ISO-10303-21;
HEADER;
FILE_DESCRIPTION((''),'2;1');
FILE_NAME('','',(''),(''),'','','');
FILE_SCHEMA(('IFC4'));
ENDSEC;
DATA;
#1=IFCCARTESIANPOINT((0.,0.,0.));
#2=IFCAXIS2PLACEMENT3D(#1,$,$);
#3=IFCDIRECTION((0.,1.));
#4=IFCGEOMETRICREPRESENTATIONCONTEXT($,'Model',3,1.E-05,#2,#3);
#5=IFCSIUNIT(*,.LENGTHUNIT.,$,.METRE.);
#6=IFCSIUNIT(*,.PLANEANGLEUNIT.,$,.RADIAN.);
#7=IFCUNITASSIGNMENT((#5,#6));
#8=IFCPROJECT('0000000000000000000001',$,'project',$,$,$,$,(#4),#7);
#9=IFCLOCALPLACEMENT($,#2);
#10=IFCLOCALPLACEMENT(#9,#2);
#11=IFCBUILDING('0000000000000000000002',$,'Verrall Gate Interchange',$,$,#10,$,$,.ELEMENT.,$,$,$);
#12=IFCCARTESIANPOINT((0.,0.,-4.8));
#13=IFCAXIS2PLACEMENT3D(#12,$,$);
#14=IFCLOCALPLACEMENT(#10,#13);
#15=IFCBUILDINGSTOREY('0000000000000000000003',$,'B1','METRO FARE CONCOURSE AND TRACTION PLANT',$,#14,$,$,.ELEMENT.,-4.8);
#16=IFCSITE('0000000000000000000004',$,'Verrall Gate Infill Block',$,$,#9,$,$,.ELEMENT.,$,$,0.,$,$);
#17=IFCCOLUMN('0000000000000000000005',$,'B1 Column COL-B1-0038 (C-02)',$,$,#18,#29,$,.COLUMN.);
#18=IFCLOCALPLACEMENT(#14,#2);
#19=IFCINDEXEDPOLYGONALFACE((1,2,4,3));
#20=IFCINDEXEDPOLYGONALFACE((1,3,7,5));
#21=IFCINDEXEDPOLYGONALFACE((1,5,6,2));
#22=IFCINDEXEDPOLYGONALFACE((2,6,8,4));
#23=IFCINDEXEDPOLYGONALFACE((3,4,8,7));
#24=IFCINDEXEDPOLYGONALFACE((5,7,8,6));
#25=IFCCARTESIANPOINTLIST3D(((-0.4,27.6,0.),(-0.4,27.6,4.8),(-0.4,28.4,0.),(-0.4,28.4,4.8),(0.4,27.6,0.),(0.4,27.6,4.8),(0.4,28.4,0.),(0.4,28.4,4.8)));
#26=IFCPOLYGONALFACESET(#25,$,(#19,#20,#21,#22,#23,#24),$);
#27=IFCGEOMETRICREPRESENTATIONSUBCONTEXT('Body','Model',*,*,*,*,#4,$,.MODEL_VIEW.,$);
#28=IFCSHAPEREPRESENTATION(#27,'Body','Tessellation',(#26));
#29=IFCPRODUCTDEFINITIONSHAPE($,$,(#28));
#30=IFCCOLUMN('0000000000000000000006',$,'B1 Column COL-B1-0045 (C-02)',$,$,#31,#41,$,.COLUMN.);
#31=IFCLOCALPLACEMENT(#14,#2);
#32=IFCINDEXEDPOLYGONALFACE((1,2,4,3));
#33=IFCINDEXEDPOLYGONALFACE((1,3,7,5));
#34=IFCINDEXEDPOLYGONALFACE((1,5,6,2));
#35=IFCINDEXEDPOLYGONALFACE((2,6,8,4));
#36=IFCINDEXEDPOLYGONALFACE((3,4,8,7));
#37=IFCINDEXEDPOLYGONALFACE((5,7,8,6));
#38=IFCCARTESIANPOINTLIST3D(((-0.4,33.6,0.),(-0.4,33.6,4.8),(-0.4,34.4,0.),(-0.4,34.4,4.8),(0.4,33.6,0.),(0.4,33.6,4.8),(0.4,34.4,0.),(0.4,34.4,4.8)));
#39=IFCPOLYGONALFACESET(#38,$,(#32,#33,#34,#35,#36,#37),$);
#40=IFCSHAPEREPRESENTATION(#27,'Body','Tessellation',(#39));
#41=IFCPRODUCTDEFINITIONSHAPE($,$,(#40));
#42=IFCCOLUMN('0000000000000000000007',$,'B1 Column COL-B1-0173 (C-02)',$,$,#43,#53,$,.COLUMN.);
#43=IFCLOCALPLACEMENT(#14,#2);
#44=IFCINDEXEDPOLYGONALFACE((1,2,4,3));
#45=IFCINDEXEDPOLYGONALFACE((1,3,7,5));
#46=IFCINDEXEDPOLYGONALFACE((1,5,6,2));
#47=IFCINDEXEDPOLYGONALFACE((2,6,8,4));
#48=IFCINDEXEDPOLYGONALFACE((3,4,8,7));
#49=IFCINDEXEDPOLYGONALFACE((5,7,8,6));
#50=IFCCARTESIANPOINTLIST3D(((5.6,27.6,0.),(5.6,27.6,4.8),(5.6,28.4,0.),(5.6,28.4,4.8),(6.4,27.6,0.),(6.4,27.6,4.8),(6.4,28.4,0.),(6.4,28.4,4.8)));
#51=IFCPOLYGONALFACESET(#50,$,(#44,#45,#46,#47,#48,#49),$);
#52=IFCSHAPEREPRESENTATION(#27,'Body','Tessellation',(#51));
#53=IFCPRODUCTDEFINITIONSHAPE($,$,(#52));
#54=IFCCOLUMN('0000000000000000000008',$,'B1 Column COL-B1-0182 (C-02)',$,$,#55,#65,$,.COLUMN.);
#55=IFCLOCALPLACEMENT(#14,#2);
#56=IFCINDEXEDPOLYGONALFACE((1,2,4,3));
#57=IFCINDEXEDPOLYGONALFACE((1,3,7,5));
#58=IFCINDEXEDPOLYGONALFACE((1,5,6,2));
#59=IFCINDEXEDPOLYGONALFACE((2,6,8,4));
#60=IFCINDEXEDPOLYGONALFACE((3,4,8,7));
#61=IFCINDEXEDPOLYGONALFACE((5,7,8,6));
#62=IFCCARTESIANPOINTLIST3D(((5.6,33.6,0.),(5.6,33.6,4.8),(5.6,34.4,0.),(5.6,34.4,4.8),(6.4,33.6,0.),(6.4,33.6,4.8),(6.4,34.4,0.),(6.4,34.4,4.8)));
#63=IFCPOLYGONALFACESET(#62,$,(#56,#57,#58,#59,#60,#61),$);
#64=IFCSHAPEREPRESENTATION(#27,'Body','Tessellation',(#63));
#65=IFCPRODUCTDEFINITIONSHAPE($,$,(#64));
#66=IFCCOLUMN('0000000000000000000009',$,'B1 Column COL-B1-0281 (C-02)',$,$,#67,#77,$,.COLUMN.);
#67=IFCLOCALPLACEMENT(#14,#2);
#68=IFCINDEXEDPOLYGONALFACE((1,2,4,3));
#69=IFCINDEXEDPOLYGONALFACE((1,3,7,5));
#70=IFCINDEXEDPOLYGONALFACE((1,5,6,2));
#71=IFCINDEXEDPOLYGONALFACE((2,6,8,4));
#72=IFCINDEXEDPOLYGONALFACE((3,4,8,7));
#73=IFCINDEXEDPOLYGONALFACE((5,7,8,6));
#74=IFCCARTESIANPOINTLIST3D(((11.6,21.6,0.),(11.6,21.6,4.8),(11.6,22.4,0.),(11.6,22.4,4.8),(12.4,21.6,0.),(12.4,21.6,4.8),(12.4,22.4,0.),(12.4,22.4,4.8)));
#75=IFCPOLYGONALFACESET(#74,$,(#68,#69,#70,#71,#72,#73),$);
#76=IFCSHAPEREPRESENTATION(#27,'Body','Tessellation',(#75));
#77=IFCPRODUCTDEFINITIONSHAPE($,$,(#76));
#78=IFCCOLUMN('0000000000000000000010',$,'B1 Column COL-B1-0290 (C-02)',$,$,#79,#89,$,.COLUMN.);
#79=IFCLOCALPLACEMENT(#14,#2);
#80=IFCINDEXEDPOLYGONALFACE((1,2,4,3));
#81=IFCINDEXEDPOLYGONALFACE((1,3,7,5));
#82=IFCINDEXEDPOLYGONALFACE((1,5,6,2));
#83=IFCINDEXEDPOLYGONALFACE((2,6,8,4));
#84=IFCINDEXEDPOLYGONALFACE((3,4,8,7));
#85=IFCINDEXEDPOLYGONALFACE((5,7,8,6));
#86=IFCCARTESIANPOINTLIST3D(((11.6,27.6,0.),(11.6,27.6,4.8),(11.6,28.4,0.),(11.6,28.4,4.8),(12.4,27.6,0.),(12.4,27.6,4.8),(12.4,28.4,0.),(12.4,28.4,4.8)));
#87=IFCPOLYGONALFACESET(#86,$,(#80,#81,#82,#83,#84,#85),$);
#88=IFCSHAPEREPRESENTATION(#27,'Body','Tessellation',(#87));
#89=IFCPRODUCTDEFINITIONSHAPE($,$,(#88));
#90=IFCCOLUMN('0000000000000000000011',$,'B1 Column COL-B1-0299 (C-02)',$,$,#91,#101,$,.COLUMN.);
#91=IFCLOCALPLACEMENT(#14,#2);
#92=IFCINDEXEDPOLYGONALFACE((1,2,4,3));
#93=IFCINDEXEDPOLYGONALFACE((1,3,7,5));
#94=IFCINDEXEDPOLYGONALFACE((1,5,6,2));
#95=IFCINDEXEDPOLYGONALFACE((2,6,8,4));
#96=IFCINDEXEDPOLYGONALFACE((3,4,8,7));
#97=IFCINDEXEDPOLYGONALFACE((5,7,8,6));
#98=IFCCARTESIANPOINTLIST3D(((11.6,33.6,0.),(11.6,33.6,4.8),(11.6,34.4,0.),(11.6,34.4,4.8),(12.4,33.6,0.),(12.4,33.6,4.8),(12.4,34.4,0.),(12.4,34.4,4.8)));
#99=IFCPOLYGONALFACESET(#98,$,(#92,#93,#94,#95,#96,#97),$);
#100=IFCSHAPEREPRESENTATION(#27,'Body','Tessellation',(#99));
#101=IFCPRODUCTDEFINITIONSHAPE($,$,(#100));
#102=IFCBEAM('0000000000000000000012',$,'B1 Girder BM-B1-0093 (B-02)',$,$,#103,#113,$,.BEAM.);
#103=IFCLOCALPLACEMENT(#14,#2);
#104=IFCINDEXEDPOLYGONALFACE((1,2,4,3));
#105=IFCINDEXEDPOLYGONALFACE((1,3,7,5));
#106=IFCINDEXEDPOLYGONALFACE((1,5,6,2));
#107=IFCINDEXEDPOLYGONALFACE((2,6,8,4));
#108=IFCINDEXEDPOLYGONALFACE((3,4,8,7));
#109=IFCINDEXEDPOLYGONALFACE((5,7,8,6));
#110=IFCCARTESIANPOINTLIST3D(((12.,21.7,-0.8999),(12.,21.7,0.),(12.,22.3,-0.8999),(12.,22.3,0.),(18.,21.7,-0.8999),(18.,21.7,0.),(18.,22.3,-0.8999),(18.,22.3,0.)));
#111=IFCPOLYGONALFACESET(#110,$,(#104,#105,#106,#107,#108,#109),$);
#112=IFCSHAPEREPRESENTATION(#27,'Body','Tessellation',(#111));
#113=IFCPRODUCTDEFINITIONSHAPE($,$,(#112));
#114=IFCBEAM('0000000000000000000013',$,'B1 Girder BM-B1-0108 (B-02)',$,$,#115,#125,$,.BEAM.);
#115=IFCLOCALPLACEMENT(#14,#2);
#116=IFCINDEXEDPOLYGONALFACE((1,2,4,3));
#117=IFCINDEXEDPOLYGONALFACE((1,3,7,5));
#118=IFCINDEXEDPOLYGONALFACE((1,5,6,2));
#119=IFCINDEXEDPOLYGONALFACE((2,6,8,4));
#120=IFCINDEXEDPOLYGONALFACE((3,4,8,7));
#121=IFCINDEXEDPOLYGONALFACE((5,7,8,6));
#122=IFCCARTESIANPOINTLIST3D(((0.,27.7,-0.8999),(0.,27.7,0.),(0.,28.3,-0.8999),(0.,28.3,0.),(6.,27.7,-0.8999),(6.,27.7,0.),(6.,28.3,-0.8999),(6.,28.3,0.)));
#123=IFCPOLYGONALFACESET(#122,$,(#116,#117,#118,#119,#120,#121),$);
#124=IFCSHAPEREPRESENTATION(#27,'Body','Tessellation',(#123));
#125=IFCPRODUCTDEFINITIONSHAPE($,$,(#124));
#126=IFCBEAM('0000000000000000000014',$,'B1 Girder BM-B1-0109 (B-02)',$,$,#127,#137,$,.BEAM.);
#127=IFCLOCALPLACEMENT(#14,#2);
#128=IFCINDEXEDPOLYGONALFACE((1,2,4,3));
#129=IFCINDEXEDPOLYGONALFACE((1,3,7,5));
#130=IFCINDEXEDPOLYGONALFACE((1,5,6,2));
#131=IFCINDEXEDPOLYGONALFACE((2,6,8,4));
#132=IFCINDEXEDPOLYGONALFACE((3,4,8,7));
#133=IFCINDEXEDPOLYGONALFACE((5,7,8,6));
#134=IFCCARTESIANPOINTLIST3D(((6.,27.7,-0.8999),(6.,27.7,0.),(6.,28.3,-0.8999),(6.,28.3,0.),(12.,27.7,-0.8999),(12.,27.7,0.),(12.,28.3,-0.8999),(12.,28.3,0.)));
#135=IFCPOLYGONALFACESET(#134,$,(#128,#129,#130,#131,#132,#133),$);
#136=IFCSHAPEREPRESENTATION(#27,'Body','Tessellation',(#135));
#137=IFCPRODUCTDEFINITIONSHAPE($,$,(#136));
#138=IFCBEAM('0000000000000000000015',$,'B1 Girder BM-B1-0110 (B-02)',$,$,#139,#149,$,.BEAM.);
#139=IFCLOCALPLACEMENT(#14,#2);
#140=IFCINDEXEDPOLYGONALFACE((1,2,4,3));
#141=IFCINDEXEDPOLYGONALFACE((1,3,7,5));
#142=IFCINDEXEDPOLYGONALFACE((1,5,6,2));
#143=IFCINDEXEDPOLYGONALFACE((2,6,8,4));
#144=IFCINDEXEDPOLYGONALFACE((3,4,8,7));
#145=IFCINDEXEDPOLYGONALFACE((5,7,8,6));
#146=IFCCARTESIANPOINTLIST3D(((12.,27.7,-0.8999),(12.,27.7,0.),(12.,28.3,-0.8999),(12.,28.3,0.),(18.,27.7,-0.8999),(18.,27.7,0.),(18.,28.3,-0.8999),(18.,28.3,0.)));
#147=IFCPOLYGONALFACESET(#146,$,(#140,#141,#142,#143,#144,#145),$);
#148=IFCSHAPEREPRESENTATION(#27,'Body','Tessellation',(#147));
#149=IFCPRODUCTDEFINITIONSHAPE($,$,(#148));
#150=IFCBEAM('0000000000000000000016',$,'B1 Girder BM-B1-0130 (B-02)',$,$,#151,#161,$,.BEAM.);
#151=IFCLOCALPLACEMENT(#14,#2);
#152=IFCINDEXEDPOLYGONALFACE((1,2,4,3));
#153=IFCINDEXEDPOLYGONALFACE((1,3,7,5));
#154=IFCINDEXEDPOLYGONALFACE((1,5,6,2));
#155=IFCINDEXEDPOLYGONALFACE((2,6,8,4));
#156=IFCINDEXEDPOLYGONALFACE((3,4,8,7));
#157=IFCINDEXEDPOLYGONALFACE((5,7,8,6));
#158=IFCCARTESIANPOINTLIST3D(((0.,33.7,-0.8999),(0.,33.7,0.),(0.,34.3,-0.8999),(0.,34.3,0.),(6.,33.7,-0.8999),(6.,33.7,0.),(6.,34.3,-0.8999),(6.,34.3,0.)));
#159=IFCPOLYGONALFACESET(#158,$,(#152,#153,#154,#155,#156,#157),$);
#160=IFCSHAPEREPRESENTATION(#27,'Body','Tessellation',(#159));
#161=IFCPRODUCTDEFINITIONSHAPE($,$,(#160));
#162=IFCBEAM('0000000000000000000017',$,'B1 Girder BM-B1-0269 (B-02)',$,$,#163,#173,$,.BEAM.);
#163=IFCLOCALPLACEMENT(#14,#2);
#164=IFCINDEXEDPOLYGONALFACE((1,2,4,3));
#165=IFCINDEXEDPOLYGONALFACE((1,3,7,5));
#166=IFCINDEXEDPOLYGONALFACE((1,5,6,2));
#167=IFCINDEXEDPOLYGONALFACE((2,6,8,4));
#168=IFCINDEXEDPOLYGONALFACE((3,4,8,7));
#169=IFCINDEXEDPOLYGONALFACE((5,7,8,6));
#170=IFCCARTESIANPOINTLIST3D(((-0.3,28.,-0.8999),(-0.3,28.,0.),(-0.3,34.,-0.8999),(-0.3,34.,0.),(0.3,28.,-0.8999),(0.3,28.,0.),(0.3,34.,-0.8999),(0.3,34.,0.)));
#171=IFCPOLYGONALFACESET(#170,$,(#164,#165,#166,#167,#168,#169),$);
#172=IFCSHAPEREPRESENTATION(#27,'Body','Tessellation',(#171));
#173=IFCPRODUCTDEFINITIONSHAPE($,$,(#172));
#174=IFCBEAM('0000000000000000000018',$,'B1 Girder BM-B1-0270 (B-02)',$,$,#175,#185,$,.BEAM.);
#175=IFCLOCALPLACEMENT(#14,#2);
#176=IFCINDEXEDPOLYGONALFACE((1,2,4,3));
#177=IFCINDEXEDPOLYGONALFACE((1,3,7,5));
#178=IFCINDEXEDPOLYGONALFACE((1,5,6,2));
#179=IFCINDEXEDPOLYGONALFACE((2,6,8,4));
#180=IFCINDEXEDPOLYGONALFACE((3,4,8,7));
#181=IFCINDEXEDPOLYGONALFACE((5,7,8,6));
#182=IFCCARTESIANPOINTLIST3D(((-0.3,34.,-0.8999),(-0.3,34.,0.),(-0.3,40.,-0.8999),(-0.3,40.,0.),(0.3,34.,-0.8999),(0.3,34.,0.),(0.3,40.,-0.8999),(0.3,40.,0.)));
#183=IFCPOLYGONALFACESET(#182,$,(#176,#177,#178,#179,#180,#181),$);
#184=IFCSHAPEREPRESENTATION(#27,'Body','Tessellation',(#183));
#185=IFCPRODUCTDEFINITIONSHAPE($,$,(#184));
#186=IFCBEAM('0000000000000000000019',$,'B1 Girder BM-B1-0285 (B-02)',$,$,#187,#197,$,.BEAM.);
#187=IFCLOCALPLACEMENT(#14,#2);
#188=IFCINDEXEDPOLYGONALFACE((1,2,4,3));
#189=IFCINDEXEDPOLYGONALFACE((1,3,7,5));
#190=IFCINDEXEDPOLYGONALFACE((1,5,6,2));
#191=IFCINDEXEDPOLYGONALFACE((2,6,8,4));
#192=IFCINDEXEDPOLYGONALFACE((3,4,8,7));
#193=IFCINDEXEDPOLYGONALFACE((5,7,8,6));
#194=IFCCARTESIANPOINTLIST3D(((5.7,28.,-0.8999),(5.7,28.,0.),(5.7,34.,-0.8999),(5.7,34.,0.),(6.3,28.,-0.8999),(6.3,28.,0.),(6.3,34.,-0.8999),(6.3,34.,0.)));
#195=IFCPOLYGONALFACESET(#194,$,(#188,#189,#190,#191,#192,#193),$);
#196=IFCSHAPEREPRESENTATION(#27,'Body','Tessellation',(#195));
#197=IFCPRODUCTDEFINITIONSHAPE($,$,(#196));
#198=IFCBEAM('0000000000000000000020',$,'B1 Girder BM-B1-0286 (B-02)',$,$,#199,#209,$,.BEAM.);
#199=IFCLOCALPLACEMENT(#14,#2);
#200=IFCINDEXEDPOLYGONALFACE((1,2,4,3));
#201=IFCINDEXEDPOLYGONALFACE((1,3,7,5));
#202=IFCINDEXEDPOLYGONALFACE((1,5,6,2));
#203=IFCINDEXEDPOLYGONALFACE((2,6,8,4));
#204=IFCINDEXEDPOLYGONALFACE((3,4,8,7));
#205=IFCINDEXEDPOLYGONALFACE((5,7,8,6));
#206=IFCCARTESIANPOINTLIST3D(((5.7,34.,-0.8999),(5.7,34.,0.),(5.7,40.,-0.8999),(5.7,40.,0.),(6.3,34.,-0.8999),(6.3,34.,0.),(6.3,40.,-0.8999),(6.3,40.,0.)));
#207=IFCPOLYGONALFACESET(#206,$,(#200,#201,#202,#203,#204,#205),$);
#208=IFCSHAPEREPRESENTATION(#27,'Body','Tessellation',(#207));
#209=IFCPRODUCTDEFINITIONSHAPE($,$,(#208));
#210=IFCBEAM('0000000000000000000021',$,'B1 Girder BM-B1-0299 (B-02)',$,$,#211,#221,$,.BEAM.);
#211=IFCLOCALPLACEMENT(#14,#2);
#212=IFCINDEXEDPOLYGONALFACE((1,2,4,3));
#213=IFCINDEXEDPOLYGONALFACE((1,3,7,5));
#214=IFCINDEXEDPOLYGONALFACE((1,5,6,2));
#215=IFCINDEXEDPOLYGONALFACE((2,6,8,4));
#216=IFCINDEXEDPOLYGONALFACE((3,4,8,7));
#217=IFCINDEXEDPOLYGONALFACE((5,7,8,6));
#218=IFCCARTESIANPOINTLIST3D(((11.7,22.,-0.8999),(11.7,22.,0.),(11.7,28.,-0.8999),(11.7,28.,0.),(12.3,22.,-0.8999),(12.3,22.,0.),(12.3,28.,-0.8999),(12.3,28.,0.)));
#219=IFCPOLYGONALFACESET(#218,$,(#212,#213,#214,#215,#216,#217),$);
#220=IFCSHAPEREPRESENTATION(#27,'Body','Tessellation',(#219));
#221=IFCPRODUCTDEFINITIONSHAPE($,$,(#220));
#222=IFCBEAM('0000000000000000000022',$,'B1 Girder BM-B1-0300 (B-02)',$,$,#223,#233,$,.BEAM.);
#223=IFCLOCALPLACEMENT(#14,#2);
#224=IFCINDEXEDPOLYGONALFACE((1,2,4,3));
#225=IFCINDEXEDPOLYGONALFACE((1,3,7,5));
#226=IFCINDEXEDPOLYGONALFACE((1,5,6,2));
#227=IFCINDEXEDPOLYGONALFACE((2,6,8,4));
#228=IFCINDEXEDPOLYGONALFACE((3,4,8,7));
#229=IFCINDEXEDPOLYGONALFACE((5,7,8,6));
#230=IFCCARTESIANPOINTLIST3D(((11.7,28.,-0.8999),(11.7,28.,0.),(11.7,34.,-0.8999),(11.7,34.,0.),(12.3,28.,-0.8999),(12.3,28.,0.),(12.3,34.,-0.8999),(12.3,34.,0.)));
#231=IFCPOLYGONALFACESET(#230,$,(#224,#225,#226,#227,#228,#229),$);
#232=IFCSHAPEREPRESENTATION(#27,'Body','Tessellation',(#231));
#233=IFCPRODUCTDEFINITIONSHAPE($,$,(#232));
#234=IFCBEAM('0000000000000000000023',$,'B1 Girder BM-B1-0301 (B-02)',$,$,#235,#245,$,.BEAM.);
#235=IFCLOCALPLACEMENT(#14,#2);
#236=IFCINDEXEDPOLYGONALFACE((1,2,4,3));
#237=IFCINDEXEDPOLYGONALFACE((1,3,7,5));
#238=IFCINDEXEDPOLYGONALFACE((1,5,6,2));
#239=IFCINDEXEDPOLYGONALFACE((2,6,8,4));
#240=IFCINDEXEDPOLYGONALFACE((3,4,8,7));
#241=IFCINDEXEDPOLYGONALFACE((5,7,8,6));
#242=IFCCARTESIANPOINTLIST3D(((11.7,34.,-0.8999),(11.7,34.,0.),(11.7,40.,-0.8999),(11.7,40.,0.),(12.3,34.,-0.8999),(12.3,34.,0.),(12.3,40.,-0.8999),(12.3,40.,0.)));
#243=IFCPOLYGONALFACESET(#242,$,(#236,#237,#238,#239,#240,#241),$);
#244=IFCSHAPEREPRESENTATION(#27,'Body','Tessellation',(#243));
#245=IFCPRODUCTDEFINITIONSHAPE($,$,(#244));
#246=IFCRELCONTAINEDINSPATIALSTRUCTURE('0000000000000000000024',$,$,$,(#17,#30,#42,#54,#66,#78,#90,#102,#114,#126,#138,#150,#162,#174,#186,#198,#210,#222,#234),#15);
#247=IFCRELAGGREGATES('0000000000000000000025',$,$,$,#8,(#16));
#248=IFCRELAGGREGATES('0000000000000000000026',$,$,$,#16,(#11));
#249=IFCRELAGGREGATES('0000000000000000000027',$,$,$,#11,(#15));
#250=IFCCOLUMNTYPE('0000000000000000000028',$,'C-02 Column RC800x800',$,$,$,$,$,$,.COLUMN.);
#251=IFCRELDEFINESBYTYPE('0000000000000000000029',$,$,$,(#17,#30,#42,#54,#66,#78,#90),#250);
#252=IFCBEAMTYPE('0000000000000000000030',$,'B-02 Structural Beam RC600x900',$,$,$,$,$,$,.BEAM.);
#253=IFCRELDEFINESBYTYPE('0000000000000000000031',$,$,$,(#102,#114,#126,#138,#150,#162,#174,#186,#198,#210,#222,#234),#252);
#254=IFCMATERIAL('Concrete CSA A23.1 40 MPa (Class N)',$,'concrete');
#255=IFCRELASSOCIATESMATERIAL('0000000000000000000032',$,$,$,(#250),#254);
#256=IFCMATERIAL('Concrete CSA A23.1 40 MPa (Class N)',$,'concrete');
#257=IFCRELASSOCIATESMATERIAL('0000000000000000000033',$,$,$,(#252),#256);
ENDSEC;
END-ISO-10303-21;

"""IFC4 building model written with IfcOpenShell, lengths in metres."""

from ifc_helpers import new_model, si_unit, direction, frame, origin, origin_2d, place, context, subcontext, project, spatial, rectangle, extrude, material, material_profile, profile_set, type_object, element, save


model = new_model("IFC4")

# Units and contexts
model_context = context("Model", 3, precision=1e-05, world=origin(), true_north=direction((0.0, 1.0)))
body_context = subcontext(model_context, "Body", "Model", "MODEL_VIEW")
ifc_project = project(units=[si_unit("LENGTHUNIT", "METRE"), si_unit("PLANEANGLEUNIT", "RADIAN")], contexts=[model_context])

# Site, building, storey
site_placement = place(None, origin())
site = spatial("IfcSite", under=ifc_project, at=site_placement, Name="Verrall Gate Infill Block", CompositionType="ELEMENT", RefElevation=0.0)
building_placement = place(site_placement, origin())
building = spatial("IfcBuilding", under=site, at=building_placement, Name="Verrall Gate Interchange", CompositionType="ELEMENT")
storey_placement = place(building_placement, frame((0.0, 0.0, -4.8)))
storey = spatial("IfcBuildingStorey", under=building, at=storey_placement, Name="B1", Description="METRO FARE CONCOURSE AND TRACTION PLANT", CompositionType="ELEMENT", Elevation=-4.8)

# Columns
ifc_material_1 = material(Name="Concrete CSA A23.1 40 MPa (Class N)", Category="concrete")
ifc_material_profile_1 = material_profile(ifc_material_1, rectangle(XDim=0.8, YDim=0.8, at=origin_2d()), Name="RC800x800")
ifc_profile_set_1 = profile_set([ifc_material_profile_1], Name="Concrete CSA A23.1 40 MPa (Class N)")
column_type = type_object("IfcColumnType", Name="C-02 Column RC800x800", PredefinedType="COLUMN", material=ifc_profile_set_1)
for number, where, z_axis, x_axis, name in (
    (1, (0.0, 28.0, 0.0), (0.0, 0.0, 1.0), (1.0, 0.0, 0.0), "B1 Column COL-B1-0038 (C-02)"),
    (2, (0.0, 34.0, 0.0), (0.0, 0.0, 1.0), (1.0, 0.0, 0.0), "B1 Column COL-B1-0045 (C-02)"),
    (3, (6.0, 28.0, 0.0), (0.0, 0.0, 1.0), (1.0, 0.0, 0.0), "B1 Column COL-B1-0173 (C-02)"),
    (4, (6.0, 34.0, 0.0), (0.0, 0.0, 1.0), (1.0, 0.0, 0.0), "B1 Column COL-B1-0182 (C-02)"),
    (5, (12.0, 22.0, 0.0), (0.0, 0.0, 1.0), (1.0, 0.0, 0.0), "B1 Column COL-B1-0281 (C-02)"),
    (6, (12.0, 28.0, 0.0), (0.0, 0.0, 1.0), (1.0, 0.0, 0.0), "B1 Column COL-B1-0290 (C-02)"),
    (7, (12.0, 34.0, 0.0), (0.0, 0.0, 1.0), (1.0, 0.0, 0.0), "B1 Column COL-B1-0299 (C-02)"),
):
    element("IfcColumn", number, at=place(storey_placement, frame(where, z_axis=z_axis, x_axis=x_axis)), inside=storey, type_object=column_type, Name=name, PredefinedType="COLUMN", context=body_context, shape_type="SweptSolid", body=[
        extrude(rectangle(XDim=0.8, YDim=0.8, at=origin_2d()), origin(), (0.0, 0.0, 1.0), 4.8),
    ])

# Beams
ifc_material_2 = material(Name="Concrete CSA A23.1 40 MPa (Class N)", Category="concrete")
ifc_material_profile_2 = material_profile(ifc_material_2, rectangle(XDim=0.6001, YDim=0.8999, at=origin_2d()), Name="RC600x900")
ifc_profile_set_2 = profile_set([ifc_material_profile_2], Name="Concrete CSA A23.1 40 MPa (Class N)")
beam_type_1 = type_object("IfcBeamType", Name="B-02 Structural Beam RC600x900", PredefinedType="BEAM", material=ifc_profile_set_2)
for number, where, z_axis, x_axis, name in (
    (8, (12.0, 22.0, -0.45), (1.0, 0.0, 0.0), (0.0, 1.0, 0.0), "B1 Girder BM-B1-0093 (B-02)"),
    (9, (0.0, 28.0, -0.45), (1.0, 0.0, 0.0), (0.0, 1.0, 0.0), "B1 Girder BM-B1-0108 (B-02)"),
    (10, (6.0, 28.0, -0.45), (1.0, 0.0, 0.0), (0.0, 1.0, 0.0), "B1 Girder BM-B1-0109 (B-02)"),
    (11, (12.0, 28.0, -0.45), (1.0, 0.0, 0.0), (0.0, 1.0, 0.0), "B1 Girder BM-B1-0110 (B-02)"),
    (12, (0.0, 34.0, -0.45), (1.0, 0.0, 0.0), (0.0, 1.0, 0.0), "B1 Girder BM-B1-0130 (B-02)"),
    (13, (0.0, 28.0, -0.45), (0.0, 1.0, 0.0), (-1.0, 0.0, 0.0), "B1 Girder BM-B1-0269 (B-02)"),
    (14, (0.0, 34.0, -0.45), (0.0, 1.0, 0.0), (-1.0, 0.0, 0.0), "B1 Girder BM-B1-0270 (B-02)"),
    (15, (6.0, 28.0, -0.45), (0.0, 1.0, 0.0), (-1.0, 0.0, 0.0), "B1 Girder BM-B1-0285 (B-02)"),
    (16, (6.0, 34.0, -0.45), (0.0, 1.0, 0.0), (-1.0, 0.0, 0.0), "B1 Girder BM-B1-0286 (B-02)"),
    (17, (12.0, 22.0, -0.45), (0.0, 1.0, 0.0), (-1.0, 0.0, 0.0), "B1 Girder BM-B1-0299 (B-02)"),
    (18, (12.0, 28.0, -0.45), (0.0, 1.0, 0.0), (-1.0, 0.0, 0.0), "B1 Girder BM-B1-0300 (B-02)"),
    (19, (12.0, 34.0, -0.45), (0.0, 1.0, 0.0), (-1.0, 0.0, 0.0), "B1 Girder BM-B1-0301 (B-02)"),
):
    element("IfcBeam", number, at=place(storey_placement, frame(where, z_axis=z_axis, x_axis=x_axis)), inside=storey, type_object=beam_type_1, Name=name, PredefinedType="BEAM", context=body_context, shape_type="SweptSolid", body=[
        extrude(rectangle(XDim=0.6001, YDim=0.8999, at=origin_2d()), origin(), (0.0, 0.0, 1.0), 6.0),
    ])

save(model, "model.ifc")
